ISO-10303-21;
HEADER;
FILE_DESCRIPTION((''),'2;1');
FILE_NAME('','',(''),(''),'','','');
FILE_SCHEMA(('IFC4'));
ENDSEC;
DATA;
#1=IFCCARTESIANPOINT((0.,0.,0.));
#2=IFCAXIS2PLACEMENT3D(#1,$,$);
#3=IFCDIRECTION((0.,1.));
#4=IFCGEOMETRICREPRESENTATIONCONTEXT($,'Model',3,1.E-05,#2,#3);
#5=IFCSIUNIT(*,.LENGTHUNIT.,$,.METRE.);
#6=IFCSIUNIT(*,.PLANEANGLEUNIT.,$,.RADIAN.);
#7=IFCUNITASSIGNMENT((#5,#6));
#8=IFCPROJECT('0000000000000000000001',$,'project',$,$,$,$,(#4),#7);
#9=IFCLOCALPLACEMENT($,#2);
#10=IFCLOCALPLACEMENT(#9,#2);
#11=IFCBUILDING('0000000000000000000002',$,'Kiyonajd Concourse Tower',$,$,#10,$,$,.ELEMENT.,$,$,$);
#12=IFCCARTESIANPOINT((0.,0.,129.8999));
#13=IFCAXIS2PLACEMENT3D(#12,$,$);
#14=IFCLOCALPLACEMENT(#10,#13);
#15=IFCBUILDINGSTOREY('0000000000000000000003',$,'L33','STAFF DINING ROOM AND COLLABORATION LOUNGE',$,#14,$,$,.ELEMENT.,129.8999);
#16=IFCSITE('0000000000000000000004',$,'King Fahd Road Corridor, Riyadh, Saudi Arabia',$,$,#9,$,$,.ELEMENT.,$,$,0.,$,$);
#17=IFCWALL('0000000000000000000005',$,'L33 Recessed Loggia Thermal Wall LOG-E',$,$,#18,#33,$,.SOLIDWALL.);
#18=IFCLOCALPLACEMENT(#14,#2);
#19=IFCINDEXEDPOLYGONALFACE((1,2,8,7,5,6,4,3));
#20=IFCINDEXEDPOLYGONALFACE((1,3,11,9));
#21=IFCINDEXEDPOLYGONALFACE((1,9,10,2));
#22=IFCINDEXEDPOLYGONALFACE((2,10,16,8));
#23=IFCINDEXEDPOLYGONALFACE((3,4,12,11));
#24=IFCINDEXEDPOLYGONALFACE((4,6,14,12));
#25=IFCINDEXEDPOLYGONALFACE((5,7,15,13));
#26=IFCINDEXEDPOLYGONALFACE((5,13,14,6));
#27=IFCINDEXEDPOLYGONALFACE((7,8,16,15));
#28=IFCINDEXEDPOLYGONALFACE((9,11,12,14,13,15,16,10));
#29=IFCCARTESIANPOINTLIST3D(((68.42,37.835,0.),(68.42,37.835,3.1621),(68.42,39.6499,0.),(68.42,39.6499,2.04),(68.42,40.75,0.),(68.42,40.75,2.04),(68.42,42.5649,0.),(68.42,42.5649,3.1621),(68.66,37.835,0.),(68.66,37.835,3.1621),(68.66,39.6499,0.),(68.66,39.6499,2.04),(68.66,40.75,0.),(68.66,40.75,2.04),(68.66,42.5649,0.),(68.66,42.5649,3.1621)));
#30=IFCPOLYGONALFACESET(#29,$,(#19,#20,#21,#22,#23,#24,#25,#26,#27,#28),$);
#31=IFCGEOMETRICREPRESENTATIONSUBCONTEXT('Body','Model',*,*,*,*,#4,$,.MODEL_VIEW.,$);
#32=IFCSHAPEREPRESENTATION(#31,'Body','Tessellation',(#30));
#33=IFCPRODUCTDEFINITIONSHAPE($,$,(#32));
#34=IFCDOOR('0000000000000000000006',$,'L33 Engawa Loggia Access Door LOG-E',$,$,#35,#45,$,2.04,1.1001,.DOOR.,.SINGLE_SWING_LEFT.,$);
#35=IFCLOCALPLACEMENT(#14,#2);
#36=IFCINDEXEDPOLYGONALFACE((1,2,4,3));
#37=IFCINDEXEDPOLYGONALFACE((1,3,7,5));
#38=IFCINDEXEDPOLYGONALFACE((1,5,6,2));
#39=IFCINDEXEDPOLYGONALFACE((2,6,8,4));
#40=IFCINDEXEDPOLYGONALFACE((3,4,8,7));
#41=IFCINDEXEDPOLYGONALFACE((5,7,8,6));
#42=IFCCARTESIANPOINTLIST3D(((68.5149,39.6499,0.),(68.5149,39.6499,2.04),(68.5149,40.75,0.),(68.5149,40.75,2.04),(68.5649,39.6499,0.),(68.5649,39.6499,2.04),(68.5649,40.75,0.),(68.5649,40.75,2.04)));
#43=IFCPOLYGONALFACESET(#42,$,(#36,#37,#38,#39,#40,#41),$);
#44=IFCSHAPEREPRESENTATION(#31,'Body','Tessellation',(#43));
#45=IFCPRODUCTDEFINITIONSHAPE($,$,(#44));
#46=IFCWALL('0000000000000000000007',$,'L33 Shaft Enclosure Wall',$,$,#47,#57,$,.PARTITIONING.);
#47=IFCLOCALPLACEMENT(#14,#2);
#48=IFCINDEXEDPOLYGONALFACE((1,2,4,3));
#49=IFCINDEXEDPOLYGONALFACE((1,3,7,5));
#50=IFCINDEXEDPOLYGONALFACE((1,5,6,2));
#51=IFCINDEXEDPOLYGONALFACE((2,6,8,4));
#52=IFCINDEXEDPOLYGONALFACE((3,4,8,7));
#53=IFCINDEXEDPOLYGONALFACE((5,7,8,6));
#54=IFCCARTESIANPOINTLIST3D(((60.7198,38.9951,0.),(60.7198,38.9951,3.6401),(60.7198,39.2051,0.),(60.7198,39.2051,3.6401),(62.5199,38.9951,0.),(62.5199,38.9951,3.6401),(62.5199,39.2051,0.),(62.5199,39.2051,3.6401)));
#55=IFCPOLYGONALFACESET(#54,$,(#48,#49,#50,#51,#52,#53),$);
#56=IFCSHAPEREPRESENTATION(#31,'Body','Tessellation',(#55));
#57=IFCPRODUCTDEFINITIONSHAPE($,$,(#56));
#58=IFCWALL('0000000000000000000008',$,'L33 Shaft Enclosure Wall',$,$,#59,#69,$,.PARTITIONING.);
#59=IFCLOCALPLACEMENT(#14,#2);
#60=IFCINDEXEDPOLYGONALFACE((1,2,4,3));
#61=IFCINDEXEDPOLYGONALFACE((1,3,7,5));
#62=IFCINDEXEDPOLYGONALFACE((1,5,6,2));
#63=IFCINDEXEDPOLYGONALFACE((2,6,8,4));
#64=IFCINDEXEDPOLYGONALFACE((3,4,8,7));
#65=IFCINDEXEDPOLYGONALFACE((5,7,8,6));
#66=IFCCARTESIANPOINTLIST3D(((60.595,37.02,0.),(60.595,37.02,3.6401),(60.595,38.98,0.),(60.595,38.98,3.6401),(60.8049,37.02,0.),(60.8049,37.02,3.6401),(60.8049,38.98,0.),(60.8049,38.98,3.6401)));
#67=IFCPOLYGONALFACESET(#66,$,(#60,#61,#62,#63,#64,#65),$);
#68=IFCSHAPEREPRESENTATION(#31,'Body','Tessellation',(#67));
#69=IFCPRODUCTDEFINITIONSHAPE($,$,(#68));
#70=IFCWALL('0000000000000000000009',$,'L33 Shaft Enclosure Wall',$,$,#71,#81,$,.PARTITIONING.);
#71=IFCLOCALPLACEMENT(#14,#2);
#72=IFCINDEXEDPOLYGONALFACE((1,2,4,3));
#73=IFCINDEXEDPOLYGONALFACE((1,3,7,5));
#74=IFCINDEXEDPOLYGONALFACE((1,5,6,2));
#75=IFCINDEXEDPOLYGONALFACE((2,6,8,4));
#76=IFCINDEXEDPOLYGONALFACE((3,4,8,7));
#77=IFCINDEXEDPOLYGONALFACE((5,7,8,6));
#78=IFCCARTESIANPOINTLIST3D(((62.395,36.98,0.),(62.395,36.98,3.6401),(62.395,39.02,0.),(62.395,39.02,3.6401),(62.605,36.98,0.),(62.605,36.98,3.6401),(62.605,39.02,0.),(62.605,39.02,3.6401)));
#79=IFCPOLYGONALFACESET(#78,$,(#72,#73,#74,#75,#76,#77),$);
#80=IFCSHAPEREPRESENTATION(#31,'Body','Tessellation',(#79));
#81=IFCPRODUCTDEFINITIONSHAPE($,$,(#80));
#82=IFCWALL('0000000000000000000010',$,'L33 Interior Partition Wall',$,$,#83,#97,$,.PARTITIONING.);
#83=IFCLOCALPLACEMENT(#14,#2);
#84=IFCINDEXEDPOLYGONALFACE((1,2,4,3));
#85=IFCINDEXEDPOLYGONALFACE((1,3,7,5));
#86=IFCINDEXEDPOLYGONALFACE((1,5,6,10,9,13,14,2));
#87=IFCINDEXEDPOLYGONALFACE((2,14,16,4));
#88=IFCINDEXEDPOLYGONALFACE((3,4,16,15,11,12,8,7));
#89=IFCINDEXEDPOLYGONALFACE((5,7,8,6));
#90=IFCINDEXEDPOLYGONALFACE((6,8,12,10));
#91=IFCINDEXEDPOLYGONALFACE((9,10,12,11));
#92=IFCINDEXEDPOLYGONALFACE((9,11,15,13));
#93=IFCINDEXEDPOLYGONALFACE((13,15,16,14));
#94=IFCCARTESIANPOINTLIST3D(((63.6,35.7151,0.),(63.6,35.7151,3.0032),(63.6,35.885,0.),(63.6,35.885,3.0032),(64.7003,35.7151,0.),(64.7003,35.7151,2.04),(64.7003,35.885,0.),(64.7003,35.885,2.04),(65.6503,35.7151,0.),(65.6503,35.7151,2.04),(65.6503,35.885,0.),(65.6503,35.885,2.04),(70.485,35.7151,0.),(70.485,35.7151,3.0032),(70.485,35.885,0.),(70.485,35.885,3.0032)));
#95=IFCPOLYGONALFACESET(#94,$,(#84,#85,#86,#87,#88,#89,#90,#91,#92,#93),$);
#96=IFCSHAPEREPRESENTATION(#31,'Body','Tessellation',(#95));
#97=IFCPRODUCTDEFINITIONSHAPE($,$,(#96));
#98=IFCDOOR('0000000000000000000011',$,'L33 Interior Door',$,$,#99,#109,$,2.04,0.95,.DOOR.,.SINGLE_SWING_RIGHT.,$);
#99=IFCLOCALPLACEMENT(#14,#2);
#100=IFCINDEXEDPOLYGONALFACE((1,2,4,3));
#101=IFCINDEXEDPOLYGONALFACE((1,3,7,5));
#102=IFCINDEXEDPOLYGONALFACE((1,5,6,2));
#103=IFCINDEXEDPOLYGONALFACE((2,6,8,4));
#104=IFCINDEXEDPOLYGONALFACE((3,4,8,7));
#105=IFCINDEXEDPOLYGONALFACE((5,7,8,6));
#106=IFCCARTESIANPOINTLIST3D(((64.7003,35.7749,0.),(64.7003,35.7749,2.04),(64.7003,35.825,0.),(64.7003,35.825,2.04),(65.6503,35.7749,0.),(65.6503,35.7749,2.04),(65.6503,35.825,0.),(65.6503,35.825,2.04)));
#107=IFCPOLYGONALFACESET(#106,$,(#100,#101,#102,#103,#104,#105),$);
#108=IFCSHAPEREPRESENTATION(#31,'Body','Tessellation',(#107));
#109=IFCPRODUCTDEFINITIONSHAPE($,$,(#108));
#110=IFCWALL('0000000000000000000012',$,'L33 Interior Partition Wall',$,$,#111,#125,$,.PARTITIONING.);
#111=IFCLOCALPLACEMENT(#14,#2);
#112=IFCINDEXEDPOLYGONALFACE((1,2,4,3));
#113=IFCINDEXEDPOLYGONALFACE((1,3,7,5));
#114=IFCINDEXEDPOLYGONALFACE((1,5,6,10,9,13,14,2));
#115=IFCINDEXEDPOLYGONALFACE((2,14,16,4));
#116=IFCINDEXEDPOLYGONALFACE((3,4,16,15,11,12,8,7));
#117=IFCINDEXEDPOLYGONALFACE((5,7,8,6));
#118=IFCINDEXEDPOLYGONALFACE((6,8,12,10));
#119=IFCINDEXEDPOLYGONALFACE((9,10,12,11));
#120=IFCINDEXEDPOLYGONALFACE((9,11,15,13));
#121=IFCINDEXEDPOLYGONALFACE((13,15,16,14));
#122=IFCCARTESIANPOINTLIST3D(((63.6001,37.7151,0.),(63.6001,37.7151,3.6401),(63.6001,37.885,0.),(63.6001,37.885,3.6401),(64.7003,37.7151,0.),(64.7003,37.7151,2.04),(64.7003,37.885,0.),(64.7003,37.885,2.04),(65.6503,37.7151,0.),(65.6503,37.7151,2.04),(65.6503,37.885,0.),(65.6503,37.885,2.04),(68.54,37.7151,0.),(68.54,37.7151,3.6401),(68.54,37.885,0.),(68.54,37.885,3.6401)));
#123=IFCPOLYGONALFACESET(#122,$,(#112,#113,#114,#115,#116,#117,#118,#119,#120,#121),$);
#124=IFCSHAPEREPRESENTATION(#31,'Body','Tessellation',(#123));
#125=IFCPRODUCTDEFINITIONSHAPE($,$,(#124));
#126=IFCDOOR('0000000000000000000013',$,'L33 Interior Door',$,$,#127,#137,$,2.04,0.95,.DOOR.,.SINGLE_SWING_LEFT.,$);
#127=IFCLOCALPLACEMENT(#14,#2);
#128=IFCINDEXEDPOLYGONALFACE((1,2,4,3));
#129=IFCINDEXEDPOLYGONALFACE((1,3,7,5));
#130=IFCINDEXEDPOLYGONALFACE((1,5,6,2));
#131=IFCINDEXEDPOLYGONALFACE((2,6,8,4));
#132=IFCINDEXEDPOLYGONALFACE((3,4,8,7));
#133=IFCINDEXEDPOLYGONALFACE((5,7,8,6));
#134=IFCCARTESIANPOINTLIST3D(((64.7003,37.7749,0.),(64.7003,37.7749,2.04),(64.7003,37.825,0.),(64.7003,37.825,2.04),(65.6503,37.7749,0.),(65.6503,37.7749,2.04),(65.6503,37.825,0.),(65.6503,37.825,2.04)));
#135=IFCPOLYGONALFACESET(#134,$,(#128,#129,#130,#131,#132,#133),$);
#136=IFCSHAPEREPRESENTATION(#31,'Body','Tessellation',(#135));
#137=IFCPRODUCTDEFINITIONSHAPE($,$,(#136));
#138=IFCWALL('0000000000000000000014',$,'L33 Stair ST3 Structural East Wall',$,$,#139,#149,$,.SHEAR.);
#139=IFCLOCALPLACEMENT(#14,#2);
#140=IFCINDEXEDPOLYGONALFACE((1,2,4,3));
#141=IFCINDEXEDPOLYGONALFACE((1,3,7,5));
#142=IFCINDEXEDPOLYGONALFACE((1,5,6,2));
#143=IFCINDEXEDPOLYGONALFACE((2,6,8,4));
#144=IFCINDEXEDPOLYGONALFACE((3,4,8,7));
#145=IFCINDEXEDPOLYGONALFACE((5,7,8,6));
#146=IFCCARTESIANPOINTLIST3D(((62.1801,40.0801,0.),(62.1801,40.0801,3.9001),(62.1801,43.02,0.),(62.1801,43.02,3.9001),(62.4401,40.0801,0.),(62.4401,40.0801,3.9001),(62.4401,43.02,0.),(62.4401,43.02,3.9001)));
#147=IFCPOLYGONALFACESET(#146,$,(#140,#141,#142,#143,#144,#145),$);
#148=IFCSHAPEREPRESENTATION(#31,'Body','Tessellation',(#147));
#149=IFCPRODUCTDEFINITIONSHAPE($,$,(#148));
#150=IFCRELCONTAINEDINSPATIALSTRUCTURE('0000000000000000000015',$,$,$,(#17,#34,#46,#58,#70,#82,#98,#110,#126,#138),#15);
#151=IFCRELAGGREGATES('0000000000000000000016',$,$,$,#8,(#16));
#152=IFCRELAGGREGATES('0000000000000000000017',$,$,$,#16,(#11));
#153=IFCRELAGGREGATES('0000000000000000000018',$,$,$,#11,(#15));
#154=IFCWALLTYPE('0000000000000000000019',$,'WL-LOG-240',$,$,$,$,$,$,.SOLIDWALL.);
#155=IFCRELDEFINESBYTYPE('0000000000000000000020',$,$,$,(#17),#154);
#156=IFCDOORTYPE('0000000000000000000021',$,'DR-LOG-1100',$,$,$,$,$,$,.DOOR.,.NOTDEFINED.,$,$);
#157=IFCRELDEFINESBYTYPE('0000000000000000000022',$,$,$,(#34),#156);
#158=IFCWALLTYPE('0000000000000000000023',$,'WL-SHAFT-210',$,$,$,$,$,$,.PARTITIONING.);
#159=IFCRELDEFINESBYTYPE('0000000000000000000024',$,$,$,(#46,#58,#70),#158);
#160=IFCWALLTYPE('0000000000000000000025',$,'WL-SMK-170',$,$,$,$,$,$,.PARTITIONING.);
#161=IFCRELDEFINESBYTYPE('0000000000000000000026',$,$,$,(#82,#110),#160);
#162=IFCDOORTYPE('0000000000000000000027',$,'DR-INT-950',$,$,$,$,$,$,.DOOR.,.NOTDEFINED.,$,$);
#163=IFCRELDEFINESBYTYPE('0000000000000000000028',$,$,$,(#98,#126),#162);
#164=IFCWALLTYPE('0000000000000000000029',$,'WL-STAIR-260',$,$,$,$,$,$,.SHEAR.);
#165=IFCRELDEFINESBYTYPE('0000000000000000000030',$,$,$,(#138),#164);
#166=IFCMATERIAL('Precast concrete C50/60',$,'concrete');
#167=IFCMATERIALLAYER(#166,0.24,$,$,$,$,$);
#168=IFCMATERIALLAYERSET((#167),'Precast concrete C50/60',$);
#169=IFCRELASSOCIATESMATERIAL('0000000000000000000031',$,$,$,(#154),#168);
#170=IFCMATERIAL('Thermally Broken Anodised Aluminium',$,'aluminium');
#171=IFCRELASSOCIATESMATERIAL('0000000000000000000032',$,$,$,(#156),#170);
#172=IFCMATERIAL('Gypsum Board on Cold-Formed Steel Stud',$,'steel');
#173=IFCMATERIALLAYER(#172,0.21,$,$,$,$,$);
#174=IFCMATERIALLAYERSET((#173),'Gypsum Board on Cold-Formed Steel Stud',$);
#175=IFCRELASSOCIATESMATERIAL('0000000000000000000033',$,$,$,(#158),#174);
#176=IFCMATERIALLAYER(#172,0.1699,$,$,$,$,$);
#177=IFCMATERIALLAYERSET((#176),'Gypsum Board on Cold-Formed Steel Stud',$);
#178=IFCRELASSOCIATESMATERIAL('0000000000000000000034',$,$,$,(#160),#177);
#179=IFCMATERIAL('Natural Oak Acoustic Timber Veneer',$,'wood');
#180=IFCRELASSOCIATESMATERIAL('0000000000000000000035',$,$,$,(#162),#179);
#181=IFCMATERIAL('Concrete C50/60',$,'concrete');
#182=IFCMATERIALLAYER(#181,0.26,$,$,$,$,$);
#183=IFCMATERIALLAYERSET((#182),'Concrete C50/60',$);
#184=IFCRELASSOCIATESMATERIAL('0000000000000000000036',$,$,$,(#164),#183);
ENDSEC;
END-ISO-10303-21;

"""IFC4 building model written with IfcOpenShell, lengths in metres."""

from ifc_helpers import new_model, si_unit, direction, frame, frame_2d, origin, place, context, subcontext, project, spatial, rectangle, extrude, material, layer, layer_set, type_object, element, fill, save


model = new_model("IFC4")

# Units and contexts
model_context = context("Model", 3, precision=1e-05, world=origin(), true_north=direction((0.0, 1.0)))
body_context = subcontext(model_context, "Body", "Model", "MODEL_VIEW")
ifc_project = project(units=[si_unit("LENGTHUNIT", "METRE"), si_unit("PLANEANGLEUNIT", "RADIAN")], contexts=[model_context])

# Site, building, storey
site_placement = place(None, origin())
site = spatial("IfcSite", under=ifc_project, at=site_placement, Name="King Fahd Road Corridor, Riyadh, Saudi Arabia", CompositionType="ELEMENT", RefElevation=0.0)
building_placement = place(site_placement, origin())
building = spatial("IfcBuilding", under=site, at=building_placement, Name="Kiyonajd Concourse Tower", CompositionType="ELEMENT")
storey_placement = place(building_placement, frame((0.0, 0.0, 129.8999)))
storey = spatial("IfcBuildingStorey", under=building, at=storey_placement, Name="L33", Description="STAFF DINING ROOM AND COLLABORATION LOUNGE", CompositionType="ELEMENT", Elevation=129.8999)

# Shared definitions
ifc_material_1 = material(Name="Precast concrete C50/60", Category="concrete")

# Shared definitions
ifc_material_2 = material(Name="Thermally Broken Anodised Aluminium", Category="aluminium")

# Wall, opening, door
ifc_layer_1 = layer(ifc_material_1, 0.24)
ifc_layer_set_1 = layer_set([ifc_layer_1], Name="Precast concrete C50/60")
wall_type_1 = type_object("IfcWallType", Name="WL-LOG-240", PredefinedType="SOLIDWALL", material=ifc_layer_set_1)
wall_1_placement = place(storey_placement, frame((68.54, 42.5649, 0.0), z_axis=(0.0, 0.0, 1.0), x_axis=(0.0, -1.0, 0.0)))
wall_1 = element("IfcWall", 1, at=wall_1_placement, inside=storey, type_object=wall_type_1, Name="L33 Recessed Loggia Thermal Wall LOG-E", PredefinedType="SOLIDWALL", context=body_context, shape_type="SweptSolid", body=[
    extrude(rectangle(XDim=4.73, YDim=0.24, at=frame_2d((2.365, 0.0))), origin(), (0.0, 0.0, 1.0), 3.1621),
])
opening_1_placement = place(wall_1_placement, frame((1.8149, 0.0, 0.0)))
opening_1 = element("IfcOpeningElement", 2, at=opening_1_placement, cuts=wall_1, PredefinedType="OPENING", context=body_context, shape_type="SweptSolid", body=[
    extrude(rectangle(XDim=1.1001, YDim=2.04, at=frame_2d((0.55, 1.02))), frame((0.0, 0.1299, 0.0), z_axis=(0.0, -1.0, 0.0), x_axis=(1.0, 0.0, 0.0)), (0.0, 0.0, 1.0), 0.26),
])
door_type_1 = type_object("IfcDoorType", Name="DR-LOG-1100", OperationType="NOTDEFINED", PredefinedType="DOOR", material=ifc_material_2)
door_1_placement = place(opening_1_placement, origin())
door_1 = element("IfcDoor", 3, at=door_1_placement, inside=storey, type_object=door_type_1, Name="L33 Engawa Loggia Access Door LOG-E", OperationType="SINGLE_SWING_LEFT", OverallHeight=2.04, OverallWidth=1.1001, PredefinedType="DOOR", context=body_context, shape_type="SweptSolid", body=[
    extrude(rectangle(XDim=1.1001, YDim=2.04, at=frame_2d((0.55, 1.02))), frame((0.0, 0.0249, 0.0), z_axis=(0.0, -1.0, 0.0), x_axis=(1.0, 0.0, 0.0)), (0.0, 0.0, 1.0), 0.05),
])
fill(opening_1, door_1)

# Walls
ifc_material_3 = material(Name="Gypsum Board on Cold-Formed Steel Stud", Category="steel")
ifc_layer_2 = layer(ifc_material_3, 0.21)
ifc_layer_set_2 = layer_set([ifc_layer_2], Name="Gypsum Board on Cold-Formed Steel Stud")
wall_type_2 = type_object("IfcWallType", Name="WL-SHAFT-210", PredefinedType="PARTITIONING", material=ifc_layer_set_2)
wall_2_placement = place(storey_placement, frame((60.72, 39.1001, 0.0), z_axis=(0.0, 0.0, 1.0), x_axis=(1.0, 0.0, 0.0)))
element("IfcWall", 4, at=wall_2_placement, inside=storey, type_object=wall_type_2, Name="L33 Shaft Enclosure Wall", PredefinedType="PARTITIONING", context=body_context, shape_type="SweptSolid", body=[
    extrude(rectangle(XDim=1.8, YDim=0.21, at=frame_2d((0.8999, 0.0))), origin(), (0.0, 0.0, 1.0), 3.6401),
])
wall_3_placement = place(storey_placement, frame((60.7, 37.02, 0.0), z_axis=(0.0, 0.0, 1.0), x_axis=(0.0, 1.0, 0.0)))
element("IfcWall", 5, at=wall_3_placement, inside=storey, type_object=wall_type_2, Name="L33 Shaft Enclosure Wall", PredefinedType="PARTITIONING", context=body_context, shape_type="SweptSolid", body=[
    extrude(rectangle(XDim=1.96, YDim=0.21, at=frame_2d((0.98, 0.0))), origin(), (0.0, 0.0, 1.0), 3.6401),
])
wall_4_placement = place(storey_placement, frame((62.5, 36.98, 0.0), z_axis=(0.0, 0.0, 1.0), x_axis=(0.0, 1.0, 0.0)))
element("IfcWall", 6, at=wall_4_placement, inside=storey, type_object=wall_type_2, Name="L33 Shaft Enclosure Wall", PredefinedType="PARTITIONING", context=body_context, shape_type="SweptSolid", body=[
    extrude(rectangle(XDim=2.04, YDim=0.21, at=frame_2d((1.02, 0.0))), origin(), (0.0, 0.0, 1.0), 3.6401),
])

# Walls, openings, doors
ifc_layer_3 = layer(ifc_material_3, 0.1699)
ifc_layer_set_3 = layer_set([ifc_layer_3], Name="Gypsum Board on Cold-Formed Steel Stud")
wall_type_3 = type_object("IfcWallType", Name="WL-SMK-170", PredefinedType="PARTITIONING", material=ifc_layer_set_3)
wall_5_placement = place(storey_placement, frame((63.6001, 35.8, 0.0), z_axis=(0.0, 0.0, 1.0), x_axis=(1.0, 0.0, 0.0)))
wall_5 = element("IfcWall", 7, at=wall_5_placement, inside=storey, type_object=wall_type_3, Name="L33 Interior Partition Wall", PredefinedType="PARTITIONING", context=body_context, shape_type="SweptSolid", body=[
    extrude(rectangle(XDim=6.885, YDim=0.1699, at=frame_2d((3.4424, 0.0))), origin(), (0.0, 0.0, 1.0), 3.0032),
])
opening_2_placement = place(wall_5_placement, frame((1.1001, 0.0, 0.0)))
opening_2 = element("IfcOpeningElement", 8, at=opening_2_placement, cuts=wall_5, PredefinedType="OPENING", context=body_context, shape_type="SweptSolid", body=[
    extrude(rectangle(XDim=0.95, YDim=2.04, at=frame_2d((0.4751, 1.02))), frame((0.0, 0.095, 0.0), z_axis=(0.0, -1.0, 0.0), x_axis=(1.0, 0.0, 0.0)), (0.0, 0.0, 1.0), 0.1899),
])
ifc_material_4 = material(Name="Natural Oak Acoustic Timber Veneer", Category="wood")
door_type_2 = type_object("IfcDoorType", Name="DR-INT-950", OperationType="NOTDEFINED", PredefinedType="DOOR", material=ifc_material_4)
door_2_placement = place(opening_2_placement, origin())
door_2 = element("IfcDoor", 9, at=door_2_placement, inside=storey, type_object=door_type_2, Name="L33 Interior Door", OperationType="SINGLE_SWING_RIGHT", OverallHeight=2.04, OverallWidth=0.95, PredefinedType="DOOR", context=body_context, shape_type="SweptSolid", body=[
    extrude(rectangle(XDim=0.95, YDim=2.04, at=frame_2d((0.4751, 1.02))), frame((0.0, 0.0249, 0.0), z_axis=(0.0, -1.0, 0.0), x_axis=(1.0, 0.0, 0.0)), (0.0, 0.0, 1.0), 0.05),
])
fill(opening_2, door_2)
wall_6_placement = place(storey_placement, frame((63.6001, 37.8, 0.0), z_axis=(0.0, 0.0, 1.0), x_axis=(1.0, 0.0, 0.0)))
wall_6 = element("IfcWall", 10, at=wall_6_placement, inside=storey, type_object=wall_type_3, Name="L33 Interior Partition Wall", PredefinedType="PARTITIONING", context=body_context, shape_type="SweptSolid", body=[
    extrude(rectangle(XDim=4.9399, YDim=0.1699, at=frame_2d((2.47, 0.0))), origin(), (0.0, 0.0, 1.0), 3.6401),
])
opening_3_placement = place(wall_6_placement, frame((1.1001, 0.0, 0.0)))
opening_3 = element("IfcOpeningElement", 11, at=opening_3_placement, cuts=wall_6, PredefinedType="OPENING", context=body_context, shape_type="SweptSolid", body=[
    extrude(rectangle(XDim=0.95, YDim=2.04, at=frame_2d((0.4751, 1.02))), frame((0.0, 0.095, 0.0), z_axis=(0.0, -1.0, 0.0), x_axis=(1.0, 0.0, 0.0)), (0.0, 0.0, 1.0), 0.1899),
])
door_3_placement = place(opening_3_placement, origin())
door_3 = element("IfcDoor", 12, at=door_3_placement, inside=storey, type_object=door_type_2, Name="L33 Interior Door", OperationType="SINGLE_SWING_LEFT", OverallHeight=2.04, OverallWidth=0.95, PredefinedType="DOOR", context=body_context, shape_type="SweptSolid", body=[
    extrude(rectangle(XDim=0.95, YDim=2.04, at=frame_2d((0.4751, 1.02))), frame((0.0, 0.0249, 0.0), z_axis=(0.0, -1.0, 0.0), x_axis=(1.0, 0.0, 0.0)), (0.0, 0.0, 1.0), 0.05),
])
fill(opening_3, door_3)

# Wall
ifc_material_5 = material(Name="Concrete C50/60", Category="concrete")
ifc_layer_4 = layer(ifc_material_5, 0.26)
ifc_layer_set_4 = layer_set([ifc_layer_4], Name="Concrete C50/60")
wall_type_4 = type_object("IfcWallType", Name="WL-STAIR-260", PredefinedType="SHEAR", material=ifc_layer_set_4)
wall_7_placement = place(storey_placement, frame((62.3101, 40.0801, 0.0), z_axis=(0.0, 0.0, 1.0), x_axis=(0.0, 1.0, 0.0)))
element("IfcWall", 13, at=wall_7_placement, inside=storey, type_object=wall_type_4, Name="L33 Stair ST3 Structural East Wall", PredefinedType="SHEAR", context=body_context, shape_type="SweptSolid", body=[
    extrude(rectangle(XDim=2.9399, YDim=0.26, at=frame_2d((1.47, 0.0))), origin(), (0.0, 0.0, 1.0), 3.9001),
])

save(model, "model.ifc")
